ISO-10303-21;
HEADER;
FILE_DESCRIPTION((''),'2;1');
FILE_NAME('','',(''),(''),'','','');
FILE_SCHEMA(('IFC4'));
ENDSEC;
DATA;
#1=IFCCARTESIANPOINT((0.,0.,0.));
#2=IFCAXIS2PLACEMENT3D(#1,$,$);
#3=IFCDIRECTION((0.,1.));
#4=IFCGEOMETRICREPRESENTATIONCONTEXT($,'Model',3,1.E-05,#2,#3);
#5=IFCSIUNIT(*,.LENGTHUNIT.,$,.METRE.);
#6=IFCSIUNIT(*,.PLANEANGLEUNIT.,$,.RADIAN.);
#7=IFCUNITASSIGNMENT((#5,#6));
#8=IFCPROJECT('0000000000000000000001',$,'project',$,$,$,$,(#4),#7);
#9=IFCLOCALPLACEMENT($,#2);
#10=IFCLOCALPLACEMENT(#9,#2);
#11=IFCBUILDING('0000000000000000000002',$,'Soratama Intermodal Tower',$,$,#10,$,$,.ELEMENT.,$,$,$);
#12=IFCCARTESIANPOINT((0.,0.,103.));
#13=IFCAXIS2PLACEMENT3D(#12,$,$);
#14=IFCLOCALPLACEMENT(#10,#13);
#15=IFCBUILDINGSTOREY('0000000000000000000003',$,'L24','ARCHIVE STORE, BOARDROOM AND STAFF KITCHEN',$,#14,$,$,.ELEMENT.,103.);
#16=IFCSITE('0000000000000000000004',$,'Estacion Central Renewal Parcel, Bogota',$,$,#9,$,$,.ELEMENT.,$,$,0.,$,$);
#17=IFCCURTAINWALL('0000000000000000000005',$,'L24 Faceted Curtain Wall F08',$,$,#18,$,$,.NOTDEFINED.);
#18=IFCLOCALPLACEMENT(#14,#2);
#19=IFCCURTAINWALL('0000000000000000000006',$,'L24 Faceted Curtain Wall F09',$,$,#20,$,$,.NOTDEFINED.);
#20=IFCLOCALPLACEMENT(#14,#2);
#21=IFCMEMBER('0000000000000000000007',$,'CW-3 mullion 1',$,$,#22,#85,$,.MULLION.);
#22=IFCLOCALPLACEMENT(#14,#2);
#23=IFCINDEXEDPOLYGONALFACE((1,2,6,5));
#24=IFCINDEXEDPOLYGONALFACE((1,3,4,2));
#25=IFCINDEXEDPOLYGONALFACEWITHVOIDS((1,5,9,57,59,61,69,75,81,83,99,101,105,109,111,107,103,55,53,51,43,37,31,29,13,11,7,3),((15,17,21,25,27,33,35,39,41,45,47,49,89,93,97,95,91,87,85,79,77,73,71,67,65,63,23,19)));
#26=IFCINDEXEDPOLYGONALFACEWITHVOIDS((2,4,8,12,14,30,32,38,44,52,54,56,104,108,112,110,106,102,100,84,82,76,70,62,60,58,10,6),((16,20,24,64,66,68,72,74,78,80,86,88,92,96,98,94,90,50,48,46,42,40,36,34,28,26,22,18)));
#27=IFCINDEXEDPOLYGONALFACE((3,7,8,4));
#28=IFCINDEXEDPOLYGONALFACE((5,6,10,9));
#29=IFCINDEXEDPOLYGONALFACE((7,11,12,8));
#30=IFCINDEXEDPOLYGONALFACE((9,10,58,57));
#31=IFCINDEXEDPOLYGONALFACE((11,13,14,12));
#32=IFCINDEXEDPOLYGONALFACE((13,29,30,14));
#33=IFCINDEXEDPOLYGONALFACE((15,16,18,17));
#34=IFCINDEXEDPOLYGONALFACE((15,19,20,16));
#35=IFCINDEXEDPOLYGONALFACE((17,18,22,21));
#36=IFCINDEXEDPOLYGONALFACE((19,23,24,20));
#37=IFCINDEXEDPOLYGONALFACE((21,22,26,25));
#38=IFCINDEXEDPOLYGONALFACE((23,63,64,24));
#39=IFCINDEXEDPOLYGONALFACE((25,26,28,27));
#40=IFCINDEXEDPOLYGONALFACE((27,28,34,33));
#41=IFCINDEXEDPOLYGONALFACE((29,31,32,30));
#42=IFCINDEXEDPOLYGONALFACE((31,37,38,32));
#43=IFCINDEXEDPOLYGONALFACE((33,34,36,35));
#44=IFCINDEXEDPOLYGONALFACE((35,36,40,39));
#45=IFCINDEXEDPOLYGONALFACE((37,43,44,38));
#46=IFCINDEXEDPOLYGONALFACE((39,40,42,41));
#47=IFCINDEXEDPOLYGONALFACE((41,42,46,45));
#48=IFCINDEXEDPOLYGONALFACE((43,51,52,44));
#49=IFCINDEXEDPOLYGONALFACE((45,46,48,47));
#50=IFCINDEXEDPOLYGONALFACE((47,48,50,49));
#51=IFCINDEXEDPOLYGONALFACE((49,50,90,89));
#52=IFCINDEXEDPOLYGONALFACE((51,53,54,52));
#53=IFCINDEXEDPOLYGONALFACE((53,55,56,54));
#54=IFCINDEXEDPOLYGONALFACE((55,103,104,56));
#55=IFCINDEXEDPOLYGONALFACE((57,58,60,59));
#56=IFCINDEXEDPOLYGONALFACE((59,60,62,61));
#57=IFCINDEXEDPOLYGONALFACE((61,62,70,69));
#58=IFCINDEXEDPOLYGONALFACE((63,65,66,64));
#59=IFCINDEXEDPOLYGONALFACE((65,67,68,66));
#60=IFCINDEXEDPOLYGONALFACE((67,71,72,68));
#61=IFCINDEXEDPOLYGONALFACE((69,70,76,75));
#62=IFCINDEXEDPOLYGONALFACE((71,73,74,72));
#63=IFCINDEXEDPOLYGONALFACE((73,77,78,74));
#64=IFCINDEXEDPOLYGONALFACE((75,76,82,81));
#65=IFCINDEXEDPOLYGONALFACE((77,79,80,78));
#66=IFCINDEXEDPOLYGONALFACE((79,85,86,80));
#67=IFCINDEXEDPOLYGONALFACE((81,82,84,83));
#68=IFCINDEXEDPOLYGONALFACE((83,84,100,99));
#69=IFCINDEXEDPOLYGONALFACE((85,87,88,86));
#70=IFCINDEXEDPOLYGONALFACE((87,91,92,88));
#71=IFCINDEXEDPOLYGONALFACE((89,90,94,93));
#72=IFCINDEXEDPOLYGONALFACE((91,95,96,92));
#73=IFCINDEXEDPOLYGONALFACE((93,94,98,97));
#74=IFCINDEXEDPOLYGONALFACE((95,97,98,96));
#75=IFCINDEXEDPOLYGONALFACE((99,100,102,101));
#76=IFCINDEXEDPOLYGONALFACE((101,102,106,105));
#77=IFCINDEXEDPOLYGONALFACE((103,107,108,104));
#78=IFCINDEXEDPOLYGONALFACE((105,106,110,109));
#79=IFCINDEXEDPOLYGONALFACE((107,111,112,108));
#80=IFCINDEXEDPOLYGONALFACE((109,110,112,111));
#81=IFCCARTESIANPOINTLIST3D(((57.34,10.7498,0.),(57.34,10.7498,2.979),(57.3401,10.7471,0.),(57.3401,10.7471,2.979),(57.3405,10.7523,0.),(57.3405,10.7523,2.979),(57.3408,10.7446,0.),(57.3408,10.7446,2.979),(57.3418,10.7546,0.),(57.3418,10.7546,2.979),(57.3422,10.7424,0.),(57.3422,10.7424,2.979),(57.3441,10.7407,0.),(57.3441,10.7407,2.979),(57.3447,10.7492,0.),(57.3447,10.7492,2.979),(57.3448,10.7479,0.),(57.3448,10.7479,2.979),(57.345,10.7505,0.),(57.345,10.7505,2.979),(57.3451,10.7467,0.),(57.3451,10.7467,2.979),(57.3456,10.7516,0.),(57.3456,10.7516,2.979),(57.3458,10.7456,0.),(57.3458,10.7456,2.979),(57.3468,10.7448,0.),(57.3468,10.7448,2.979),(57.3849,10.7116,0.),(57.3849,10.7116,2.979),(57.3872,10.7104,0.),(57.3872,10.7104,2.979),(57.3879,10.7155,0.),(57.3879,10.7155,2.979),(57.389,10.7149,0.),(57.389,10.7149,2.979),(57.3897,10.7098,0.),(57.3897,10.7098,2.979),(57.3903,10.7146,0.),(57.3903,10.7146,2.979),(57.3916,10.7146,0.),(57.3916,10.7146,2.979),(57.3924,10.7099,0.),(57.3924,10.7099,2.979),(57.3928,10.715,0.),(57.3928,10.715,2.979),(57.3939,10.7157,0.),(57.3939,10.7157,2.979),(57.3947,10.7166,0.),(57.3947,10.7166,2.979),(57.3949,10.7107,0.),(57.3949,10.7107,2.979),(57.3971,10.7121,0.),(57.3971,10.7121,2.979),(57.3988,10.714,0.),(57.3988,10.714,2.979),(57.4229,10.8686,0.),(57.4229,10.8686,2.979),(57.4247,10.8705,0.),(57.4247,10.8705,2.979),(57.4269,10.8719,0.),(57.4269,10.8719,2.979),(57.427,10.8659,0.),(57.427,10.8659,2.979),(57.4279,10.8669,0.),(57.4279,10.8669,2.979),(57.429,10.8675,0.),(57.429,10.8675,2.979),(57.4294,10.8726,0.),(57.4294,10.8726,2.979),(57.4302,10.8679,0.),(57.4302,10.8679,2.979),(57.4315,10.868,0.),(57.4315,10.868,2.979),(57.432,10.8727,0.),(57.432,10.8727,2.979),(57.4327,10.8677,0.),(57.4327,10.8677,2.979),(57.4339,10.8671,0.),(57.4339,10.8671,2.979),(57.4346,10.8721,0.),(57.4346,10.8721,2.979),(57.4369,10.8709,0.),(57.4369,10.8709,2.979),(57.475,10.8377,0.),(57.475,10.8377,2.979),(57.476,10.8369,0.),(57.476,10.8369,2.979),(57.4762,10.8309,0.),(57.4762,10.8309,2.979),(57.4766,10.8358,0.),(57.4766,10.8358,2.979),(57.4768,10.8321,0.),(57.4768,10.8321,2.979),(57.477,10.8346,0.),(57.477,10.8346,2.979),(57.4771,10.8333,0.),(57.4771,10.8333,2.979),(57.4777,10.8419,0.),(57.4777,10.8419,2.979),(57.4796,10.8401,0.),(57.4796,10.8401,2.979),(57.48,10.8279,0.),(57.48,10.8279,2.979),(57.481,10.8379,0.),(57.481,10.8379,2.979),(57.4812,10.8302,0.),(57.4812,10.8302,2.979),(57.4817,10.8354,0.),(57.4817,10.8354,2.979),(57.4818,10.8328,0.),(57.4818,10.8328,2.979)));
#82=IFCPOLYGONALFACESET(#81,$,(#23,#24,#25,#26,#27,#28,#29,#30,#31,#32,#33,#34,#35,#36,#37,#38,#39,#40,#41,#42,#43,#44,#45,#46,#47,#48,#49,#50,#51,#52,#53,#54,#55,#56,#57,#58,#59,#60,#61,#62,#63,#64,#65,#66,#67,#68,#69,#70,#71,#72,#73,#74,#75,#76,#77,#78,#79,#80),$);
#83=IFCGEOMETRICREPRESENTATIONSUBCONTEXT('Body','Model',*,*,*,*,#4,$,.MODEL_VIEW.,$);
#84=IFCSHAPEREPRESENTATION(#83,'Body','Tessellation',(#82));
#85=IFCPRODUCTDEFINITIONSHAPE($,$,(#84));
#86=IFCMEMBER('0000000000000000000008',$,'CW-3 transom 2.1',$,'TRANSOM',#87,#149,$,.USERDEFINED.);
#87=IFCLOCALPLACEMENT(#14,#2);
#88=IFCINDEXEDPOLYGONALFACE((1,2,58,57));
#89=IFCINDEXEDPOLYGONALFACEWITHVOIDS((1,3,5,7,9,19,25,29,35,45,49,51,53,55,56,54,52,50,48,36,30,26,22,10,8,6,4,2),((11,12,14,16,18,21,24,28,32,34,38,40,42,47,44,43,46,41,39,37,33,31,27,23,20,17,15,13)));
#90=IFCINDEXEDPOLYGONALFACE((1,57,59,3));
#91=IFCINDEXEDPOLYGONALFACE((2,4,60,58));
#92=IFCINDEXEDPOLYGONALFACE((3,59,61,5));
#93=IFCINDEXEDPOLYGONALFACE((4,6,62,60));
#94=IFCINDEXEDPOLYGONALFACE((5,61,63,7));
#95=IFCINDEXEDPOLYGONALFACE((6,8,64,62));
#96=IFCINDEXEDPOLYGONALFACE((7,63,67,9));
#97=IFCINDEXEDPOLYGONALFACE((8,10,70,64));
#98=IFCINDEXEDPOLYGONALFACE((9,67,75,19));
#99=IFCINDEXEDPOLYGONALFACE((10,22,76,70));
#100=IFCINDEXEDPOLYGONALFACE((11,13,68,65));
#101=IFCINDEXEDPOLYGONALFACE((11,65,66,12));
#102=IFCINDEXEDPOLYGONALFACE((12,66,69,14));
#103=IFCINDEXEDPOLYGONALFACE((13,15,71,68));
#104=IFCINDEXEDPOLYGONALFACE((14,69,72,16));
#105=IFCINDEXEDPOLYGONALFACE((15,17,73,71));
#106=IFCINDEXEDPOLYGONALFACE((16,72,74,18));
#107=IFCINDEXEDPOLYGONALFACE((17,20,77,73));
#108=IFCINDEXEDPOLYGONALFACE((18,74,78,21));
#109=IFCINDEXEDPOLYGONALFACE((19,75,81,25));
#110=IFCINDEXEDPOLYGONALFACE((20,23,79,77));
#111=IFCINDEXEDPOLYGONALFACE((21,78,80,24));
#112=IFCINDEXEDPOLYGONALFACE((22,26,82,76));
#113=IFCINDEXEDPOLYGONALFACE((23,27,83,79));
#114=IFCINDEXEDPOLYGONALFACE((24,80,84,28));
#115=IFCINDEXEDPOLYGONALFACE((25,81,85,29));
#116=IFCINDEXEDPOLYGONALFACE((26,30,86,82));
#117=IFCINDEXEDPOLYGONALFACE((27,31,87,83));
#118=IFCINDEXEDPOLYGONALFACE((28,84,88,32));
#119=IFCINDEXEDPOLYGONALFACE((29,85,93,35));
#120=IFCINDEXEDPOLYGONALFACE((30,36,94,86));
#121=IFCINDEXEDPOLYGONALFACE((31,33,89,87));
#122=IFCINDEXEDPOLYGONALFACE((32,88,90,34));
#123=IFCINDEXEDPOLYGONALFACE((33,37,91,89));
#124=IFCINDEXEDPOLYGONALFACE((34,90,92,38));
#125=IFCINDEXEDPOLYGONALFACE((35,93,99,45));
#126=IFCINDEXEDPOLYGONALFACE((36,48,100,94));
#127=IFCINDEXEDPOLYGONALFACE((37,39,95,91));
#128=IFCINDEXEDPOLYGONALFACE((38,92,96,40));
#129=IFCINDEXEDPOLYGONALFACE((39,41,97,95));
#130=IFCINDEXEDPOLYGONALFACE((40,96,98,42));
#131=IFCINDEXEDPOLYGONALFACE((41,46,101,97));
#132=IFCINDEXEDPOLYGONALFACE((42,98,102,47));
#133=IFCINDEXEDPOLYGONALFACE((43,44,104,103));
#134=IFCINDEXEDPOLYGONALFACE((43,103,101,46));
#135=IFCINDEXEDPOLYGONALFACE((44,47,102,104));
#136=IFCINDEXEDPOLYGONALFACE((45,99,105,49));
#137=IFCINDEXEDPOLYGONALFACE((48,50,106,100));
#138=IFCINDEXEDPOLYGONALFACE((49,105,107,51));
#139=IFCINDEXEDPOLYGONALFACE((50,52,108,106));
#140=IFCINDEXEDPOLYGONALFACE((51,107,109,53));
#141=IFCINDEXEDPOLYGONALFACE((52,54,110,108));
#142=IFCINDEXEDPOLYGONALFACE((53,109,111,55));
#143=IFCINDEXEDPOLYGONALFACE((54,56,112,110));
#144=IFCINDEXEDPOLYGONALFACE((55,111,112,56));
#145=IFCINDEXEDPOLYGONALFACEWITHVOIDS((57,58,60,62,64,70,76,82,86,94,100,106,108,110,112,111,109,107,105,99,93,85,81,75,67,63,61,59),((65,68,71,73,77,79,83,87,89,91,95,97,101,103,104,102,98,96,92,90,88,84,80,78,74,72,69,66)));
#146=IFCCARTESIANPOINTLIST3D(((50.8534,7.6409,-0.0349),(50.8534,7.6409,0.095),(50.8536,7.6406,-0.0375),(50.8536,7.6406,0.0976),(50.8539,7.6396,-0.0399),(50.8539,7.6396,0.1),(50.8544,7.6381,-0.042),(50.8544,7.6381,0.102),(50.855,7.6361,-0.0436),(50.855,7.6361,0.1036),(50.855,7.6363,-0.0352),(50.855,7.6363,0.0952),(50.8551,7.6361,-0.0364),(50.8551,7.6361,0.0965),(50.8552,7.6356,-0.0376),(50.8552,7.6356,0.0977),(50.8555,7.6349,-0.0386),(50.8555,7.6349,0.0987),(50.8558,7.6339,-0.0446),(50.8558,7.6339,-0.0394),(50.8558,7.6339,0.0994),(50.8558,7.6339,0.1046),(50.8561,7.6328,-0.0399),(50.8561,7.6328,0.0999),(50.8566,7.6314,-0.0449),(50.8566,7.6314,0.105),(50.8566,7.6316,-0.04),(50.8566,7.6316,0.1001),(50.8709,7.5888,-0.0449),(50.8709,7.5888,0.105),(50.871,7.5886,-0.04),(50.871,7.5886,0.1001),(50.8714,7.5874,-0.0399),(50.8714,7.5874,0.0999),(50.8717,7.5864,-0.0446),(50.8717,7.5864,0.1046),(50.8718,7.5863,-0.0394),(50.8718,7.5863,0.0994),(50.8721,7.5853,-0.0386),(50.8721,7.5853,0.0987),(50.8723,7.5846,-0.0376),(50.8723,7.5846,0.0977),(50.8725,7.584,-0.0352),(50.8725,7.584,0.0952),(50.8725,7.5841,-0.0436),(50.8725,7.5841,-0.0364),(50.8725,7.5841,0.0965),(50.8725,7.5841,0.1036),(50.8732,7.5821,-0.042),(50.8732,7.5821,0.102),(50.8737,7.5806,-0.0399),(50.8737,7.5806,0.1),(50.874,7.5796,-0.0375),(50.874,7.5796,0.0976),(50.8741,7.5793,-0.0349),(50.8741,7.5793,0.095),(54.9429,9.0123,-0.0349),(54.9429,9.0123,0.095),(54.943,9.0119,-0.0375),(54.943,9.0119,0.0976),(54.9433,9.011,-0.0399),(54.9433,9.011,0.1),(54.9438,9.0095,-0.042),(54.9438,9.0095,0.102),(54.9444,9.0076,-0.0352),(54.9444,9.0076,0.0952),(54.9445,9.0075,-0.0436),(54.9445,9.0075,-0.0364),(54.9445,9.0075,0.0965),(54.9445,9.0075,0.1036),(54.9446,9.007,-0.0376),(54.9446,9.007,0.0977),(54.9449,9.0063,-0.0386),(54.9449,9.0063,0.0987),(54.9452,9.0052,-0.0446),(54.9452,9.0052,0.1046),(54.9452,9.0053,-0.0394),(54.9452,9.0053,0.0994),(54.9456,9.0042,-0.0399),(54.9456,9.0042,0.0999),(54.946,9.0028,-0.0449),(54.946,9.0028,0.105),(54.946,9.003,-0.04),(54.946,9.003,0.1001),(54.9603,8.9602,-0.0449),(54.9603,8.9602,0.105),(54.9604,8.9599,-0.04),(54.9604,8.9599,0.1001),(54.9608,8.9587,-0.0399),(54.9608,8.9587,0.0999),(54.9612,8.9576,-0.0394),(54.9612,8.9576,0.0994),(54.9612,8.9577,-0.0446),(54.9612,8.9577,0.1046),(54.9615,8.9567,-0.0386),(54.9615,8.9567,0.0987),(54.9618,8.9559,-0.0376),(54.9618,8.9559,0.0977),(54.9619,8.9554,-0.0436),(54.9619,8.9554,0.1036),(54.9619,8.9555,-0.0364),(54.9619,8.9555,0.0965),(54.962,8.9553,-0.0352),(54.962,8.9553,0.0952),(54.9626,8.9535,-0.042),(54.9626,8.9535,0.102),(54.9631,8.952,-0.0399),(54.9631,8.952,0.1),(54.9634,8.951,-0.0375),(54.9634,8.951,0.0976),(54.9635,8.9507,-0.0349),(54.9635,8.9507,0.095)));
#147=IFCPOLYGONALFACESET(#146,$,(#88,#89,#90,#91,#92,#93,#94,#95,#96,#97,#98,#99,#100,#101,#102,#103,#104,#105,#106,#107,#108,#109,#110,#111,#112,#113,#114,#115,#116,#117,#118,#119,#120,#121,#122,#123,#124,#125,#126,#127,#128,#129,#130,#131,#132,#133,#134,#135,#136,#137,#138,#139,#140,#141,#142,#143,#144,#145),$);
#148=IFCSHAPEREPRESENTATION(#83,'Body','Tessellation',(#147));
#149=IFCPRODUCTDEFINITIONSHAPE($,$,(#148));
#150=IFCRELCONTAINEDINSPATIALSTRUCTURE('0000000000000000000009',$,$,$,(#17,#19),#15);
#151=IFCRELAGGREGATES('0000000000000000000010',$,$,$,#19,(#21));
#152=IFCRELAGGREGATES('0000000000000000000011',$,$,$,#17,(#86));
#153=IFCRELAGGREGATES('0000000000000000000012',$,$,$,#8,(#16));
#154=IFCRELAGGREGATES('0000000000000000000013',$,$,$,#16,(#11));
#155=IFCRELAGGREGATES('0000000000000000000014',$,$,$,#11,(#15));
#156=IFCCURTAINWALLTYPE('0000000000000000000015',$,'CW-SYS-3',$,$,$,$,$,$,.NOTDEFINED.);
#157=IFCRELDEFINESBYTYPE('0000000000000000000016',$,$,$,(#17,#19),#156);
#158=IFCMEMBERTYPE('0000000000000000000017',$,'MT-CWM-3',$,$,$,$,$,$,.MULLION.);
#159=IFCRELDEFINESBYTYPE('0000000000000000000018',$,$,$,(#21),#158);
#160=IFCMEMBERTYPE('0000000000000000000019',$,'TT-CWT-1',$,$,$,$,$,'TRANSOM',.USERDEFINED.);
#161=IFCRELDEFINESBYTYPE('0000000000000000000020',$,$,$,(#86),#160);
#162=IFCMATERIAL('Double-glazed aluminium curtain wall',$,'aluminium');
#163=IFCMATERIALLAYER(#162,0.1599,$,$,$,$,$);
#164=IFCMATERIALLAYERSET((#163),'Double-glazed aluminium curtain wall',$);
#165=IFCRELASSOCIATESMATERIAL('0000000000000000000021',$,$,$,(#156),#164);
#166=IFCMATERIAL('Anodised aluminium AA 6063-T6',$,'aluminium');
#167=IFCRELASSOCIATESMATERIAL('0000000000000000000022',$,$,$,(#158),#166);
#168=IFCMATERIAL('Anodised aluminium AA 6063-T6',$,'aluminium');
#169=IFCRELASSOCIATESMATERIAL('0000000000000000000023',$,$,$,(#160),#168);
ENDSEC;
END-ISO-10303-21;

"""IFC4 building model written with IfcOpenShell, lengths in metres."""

from ifc_helpers import new_model, si_unit, direction, frame, origin, origin_2d, place, context, subcontext, project, spatial, hollow_rectangle, extrude, material, layer, layer_set, material_profile, profile_set, type_object, element, aggregate, save


model = new_model("IFC4")

# Units and contexts
model_context = context("Model", 3, precision=1e-05, world=origin(), true_north=direction((0.0, 1.0)))
body_context = subcontext(model_context, "Body", "Model", "MODEL_VIEW")
ifc_project = project(units=[si_unit("LENGTHUNIT", "METRE"), si_unit("PLANEANGLEUNIT", "RADIAN")], contexts=[model_context])

# Site, building, storey
site_placement = place(None, origin())
site = spatial("IfcSite", under=ifc_project, at=site_placement, Name="Estacion Central Renewal Parcel, Bogota", CompositionType="ELEMENT", RefElevation=0.0)
building_placement = place(site_placement, origin())
building = spatial("IfcBuilding", under=site, at=building_placement, Name="Soratama Intermodal Tower", CompositionType="ELEMENT")
storey_placement = place(building_placement, frame((0.0, 0.0, 103.0)))
storey = spatial("IfcBuildingStorey", under=building, at=storey_placement, Name="L24", Description="ARCHIVE STORE, BOARDROOM AND STAFF KITCHEN", CompositionType="ELEMENT", Elevation=103.0)

# Curtain wall
ifc_material_1 = material(Name="Double-glazed aluminium curtain wall", Category="aluminium")
ifc_layer_1 = layer(ifc_material_1, 0.1599)
ifc_layer_set_1 = layer_set([ifc_layer_1], Name="Double-glazed aluminium curtain wall")
curtain_wall_type = type_object("IfcCurtainWallType", Name="CW-SYS-3", PredefinedType="NOTDEFINED", material=ifc_layer_set_1)
curtain_wall_1_placement = place(storey_placement, origin())
curtain_wall_1 = element("IfcCurtainWall", 1, at=curtain_wall_1_placement, inside=storey, type_object=curtain_wall_type, Name="L24 Faceted Curtain Wall F08", PredefinedType="NOTDEFINED")
ifc_material_2 = material(Name="Anodised aluminium AA 6063-T6", Category="aluminium")
ifc_material_profile_1 = material_profile(ifc_material_2, hollow_rectangle(XDim=0.0701, YDim=0.1599, WallThickness=0.0049, InnerFilletRadius=0.0049, OuterFilletRadius=0.01, at=origin_2d()), Name="CWM160X70X5")
ifc_profile_set_1 = profile_set([ifc_material_profile_1], Name="Anodised aluminium AA 6063-T6")
member_type_1 = type_object("IfcMemberType", Name="MT-CWM-3", PredefinedType="MULLION", material=ifc_profile_set_1)

# Curtain wall, member
curtain_wall_2_placement = place(storey_placement, origin())
curtain_wall_2 = element("IfcCurtainWall", 2, at=curtain_wall_2_placement, inside=storey, type_object=curtain_wall_type, Name="L24 Faceted Curtain Wall F09", PredefinedType="NOTDEFINED")
member_1_placement = place(storey_placement, frame((57.4109, 10.7913, 0.0), z_axis=(0.0, 0.0, 1.0), x_axis=(-0.814519, 0.580137, 0.0)))
member_1 = element("IfcMember", 3, at=member_1_placement, type_object=member_type_1, Name="CW-3 mullion 1", PredefinedType="MULLION", context=body_context, shape_type="SweptSolid", body=[
    extrude(hollow_rectangle(XDim=0.0701, YDim=0.1599, WallThickness=0.0049, InnerFilletRadius=0.0049, OuterFilletRadius=0.01, at=origin_2d()), origin(), (0.0, 0.0, 1.0), 2.979),
])

# Member
ifc_material_3 = material(Name="Anodised aluminium AA 6063-T6", Category="aluminium")
ifc_material_profile_2 = material_profile(ifc_material_3, hollow_rectangle(XDim=0.0649, YDim=0.1499, WallThickness=0.0049, InnerFilletRadius=0.0049, OuterFilletRadius=0.01, at=origin_2d()), Name="CWT150X65X5")
ifc_profile_set_2 = profile_set([ifc_material_profile_2], Name="Anodised aluminium AA 6063-T6")
member_type_2 = type_object("IfcMemberType", Name="TT-CWT-1", ElementType="TRANSOM", PredefinedType="USERDEFINED", material=ifc_profile_set_2)
member_2_placement = place(storey_placement, frame((50.8638, 7.6101, 0.03), z_axis=(0.94811, 0.317942, 0.0), x_axis=(-0.317942, 0.94811, 0.0)))
member_2 = element("IfcMember", 4, at=member_2_placement, type_object=member_type_2, Name="CW-3 transom 2.1", ObjectType="TRANSOM", PredefinedType="USERDEFINED", context=body_context, shape_type="SweptSolid", body=[
    extrude(hollow_rectangle(XDim=0.0649, YDim=0.1499, WallThickness=0.0049, InnerFilletRadius=0.0049, OuterFilletRadius=0.01, at=origin_2d()), origin(), (0.0, 0.0, 1.0), 4.3132),
])
aggregate(curtain_wall_2, [member_1])

aggregate(curtain_wall_1, [member_2])

save(model, "model.ifc")
